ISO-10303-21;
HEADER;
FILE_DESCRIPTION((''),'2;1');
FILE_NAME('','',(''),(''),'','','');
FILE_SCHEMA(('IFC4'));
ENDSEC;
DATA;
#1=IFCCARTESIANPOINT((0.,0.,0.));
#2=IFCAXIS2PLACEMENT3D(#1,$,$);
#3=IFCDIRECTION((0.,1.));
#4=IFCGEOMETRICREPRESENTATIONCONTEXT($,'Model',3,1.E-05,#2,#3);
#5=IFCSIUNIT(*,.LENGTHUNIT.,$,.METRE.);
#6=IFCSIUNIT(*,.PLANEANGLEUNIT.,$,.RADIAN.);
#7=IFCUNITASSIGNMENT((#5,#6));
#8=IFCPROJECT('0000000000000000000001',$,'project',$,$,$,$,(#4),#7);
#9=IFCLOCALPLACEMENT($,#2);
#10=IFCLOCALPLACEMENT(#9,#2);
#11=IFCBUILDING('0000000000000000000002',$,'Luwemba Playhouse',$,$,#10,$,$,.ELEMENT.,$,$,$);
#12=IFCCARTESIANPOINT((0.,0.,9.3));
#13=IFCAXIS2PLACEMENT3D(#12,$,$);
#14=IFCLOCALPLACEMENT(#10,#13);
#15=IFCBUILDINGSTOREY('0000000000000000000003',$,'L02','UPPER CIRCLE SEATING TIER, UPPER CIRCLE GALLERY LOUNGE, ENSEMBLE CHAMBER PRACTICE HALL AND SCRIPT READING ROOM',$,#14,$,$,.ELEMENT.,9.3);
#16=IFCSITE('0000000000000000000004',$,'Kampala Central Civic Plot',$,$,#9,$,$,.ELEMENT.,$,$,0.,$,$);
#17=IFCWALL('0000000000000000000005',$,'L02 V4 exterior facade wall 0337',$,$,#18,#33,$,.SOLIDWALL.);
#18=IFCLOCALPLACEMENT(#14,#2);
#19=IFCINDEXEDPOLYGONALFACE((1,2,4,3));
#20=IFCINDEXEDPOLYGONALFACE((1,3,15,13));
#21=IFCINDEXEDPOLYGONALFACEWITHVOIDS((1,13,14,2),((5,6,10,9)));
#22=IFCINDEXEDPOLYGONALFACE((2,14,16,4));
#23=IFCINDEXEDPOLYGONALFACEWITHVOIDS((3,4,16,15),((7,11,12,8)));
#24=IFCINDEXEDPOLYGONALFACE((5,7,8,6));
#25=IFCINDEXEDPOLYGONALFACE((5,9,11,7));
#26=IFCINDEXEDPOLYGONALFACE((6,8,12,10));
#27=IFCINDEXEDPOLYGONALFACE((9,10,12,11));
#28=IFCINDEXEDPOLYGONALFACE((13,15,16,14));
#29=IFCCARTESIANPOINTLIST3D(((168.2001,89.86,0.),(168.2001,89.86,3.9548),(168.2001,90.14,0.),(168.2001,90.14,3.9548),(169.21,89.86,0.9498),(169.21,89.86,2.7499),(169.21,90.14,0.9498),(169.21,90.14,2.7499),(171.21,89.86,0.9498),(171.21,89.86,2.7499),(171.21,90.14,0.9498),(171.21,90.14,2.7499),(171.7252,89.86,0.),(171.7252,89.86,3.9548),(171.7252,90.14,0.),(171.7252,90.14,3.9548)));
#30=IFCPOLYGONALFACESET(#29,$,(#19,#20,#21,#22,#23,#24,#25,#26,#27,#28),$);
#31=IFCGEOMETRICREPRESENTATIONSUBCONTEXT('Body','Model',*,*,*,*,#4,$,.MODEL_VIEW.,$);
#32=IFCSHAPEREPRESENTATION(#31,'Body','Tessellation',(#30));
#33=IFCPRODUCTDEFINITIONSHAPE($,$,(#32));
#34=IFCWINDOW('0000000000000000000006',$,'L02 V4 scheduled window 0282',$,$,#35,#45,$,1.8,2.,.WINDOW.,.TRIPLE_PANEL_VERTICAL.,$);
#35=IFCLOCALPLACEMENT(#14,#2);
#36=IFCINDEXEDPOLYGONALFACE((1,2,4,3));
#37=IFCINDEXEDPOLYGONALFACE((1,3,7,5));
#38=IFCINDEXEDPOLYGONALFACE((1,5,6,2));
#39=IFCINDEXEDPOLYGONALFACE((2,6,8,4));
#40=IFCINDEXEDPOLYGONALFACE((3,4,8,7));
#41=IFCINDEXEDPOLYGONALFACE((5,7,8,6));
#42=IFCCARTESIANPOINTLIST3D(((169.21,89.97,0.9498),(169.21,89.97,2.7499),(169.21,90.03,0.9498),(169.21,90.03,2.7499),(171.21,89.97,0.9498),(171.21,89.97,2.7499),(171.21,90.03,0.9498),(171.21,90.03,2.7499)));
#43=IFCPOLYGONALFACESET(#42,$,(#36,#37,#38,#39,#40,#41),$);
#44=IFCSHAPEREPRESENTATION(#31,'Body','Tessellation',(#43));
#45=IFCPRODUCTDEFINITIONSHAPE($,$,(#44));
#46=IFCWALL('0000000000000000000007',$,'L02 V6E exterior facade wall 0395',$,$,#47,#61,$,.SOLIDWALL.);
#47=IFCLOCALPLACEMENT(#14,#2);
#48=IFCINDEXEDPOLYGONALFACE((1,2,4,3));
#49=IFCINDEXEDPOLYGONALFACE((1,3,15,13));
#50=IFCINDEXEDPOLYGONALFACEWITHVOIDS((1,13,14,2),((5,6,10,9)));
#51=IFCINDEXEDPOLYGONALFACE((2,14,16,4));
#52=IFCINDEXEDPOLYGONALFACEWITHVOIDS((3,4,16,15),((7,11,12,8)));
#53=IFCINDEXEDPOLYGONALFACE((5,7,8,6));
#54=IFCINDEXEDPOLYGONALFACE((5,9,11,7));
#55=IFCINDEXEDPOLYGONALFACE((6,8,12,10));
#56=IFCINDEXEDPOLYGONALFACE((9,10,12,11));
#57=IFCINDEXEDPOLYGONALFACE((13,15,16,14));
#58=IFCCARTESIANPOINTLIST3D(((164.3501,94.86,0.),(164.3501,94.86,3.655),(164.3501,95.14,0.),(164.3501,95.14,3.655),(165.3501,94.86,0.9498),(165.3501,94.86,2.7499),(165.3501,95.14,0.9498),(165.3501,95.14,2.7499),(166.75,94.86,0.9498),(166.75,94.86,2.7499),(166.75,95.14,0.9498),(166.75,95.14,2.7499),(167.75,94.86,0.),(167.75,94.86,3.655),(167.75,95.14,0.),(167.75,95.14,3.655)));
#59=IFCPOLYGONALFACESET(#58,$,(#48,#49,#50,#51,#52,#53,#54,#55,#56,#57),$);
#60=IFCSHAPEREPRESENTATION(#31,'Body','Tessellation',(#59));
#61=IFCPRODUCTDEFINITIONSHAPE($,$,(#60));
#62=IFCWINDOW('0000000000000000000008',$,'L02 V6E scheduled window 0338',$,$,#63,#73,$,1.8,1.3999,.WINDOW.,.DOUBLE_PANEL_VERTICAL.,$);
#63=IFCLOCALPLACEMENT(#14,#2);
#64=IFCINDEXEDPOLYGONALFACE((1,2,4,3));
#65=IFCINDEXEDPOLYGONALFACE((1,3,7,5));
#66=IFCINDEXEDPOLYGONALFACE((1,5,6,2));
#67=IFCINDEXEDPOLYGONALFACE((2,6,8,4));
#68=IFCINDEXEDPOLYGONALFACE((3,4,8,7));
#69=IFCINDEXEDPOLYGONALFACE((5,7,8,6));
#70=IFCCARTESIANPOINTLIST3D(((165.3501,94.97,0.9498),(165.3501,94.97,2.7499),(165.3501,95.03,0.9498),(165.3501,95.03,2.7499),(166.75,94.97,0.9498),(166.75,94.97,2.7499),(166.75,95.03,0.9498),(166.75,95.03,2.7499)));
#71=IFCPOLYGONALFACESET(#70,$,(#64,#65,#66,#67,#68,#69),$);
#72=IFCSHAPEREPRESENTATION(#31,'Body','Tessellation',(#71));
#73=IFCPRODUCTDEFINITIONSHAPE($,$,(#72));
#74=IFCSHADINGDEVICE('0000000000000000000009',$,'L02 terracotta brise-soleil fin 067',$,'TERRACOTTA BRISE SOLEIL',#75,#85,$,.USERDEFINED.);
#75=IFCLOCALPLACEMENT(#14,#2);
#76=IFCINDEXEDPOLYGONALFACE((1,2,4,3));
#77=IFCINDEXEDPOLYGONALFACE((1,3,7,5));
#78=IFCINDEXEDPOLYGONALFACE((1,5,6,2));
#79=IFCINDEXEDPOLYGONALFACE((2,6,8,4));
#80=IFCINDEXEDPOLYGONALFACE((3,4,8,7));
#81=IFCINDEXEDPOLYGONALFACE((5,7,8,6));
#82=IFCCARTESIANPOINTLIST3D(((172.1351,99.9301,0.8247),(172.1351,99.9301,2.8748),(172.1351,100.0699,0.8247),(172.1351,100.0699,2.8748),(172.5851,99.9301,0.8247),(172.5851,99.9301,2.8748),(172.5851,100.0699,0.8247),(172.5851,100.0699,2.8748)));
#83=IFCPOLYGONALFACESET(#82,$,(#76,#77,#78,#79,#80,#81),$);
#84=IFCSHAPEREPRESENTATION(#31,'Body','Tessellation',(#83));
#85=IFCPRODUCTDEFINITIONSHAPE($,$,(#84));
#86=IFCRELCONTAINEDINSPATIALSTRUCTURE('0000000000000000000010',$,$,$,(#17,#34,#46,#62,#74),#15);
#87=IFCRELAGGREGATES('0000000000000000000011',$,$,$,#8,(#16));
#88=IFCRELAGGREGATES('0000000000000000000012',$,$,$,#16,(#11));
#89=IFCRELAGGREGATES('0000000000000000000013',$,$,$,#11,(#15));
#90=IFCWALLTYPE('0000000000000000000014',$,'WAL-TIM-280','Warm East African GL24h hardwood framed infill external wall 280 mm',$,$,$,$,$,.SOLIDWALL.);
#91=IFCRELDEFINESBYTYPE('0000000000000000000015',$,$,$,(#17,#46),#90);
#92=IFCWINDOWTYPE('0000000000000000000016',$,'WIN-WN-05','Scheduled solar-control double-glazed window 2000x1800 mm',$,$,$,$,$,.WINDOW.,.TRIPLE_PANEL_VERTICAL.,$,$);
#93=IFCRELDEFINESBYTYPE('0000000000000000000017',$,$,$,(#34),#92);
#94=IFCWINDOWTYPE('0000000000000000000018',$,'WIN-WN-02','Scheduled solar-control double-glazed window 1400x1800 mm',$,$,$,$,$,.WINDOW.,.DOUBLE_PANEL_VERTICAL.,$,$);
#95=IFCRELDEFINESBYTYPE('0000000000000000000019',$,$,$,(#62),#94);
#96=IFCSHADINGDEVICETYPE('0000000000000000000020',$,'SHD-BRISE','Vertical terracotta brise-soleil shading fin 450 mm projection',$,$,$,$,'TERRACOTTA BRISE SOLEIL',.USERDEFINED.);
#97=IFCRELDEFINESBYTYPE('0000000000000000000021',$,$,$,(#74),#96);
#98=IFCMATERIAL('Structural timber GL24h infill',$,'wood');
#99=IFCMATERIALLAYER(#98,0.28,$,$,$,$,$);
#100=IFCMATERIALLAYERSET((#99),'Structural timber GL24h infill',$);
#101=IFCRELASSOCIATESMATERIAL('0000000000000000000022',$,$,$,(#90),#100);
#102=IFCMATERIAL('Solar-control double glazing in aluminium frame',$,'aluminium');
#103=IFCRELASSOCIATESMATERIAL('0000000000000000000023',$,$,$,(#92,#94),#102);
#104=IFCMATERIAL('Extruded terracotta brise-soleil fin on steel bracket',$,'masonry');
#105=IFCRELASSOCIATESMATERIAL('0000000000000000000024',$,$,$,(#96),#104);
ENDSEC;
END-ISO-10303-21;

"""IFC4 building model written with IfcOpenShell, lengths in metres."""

from ifc_helpers import new_model, si_unit, direction, frame, frame_2d, origin, origin_2d, place, context, subcontext, project, spatial, rectangle, extrude, material, layer, layer_set, type_object, element, fill, save


model = new_model("IFC4")

# Units and contexts
model_context = context("Model", 3, precision=1e-05, world=origin(), true_north=direction((0.0, 1.0)))
body_context = subcontext(model_context, "Body", "Model", "MODEL_VIEW")
ifc_project = project(units=[si_unit("LENGTHUNIT", "METRE"), si_unit("PLANEANGLEUNIT", "RADIAN")], contexts=[model_context])

# Site, building, storey
site_placement = place(None, origin())
site = spatial("IfcSite", under=ifc_project, at=site_placement, Name="Kampala Central Civic Plot", CompositionType="ELEMENT", RefElevation=0.0)
building_placement = place(site_placement, origin())
building = spatial("IfcBuilding", under=site, at=building_placement, Name="Luwemba Playhouse", CompositionType="ELEMENT")
storey_placement = place(building_placement, frame((0.0, 0.0, 9.3)))
storey = spatial("IfcBuildingStorey", under=building, at=storey_placement, Name="L02", Description="UPPER CIRCLE SEATING TIER, UPPER CIRCLE GALLERY LOUNGE, ENSEMBLE CHAMBER PRACTICE HALL AND SCRIPT READING ROOM", CompositionType="ELEMENT", Elevation=9.3)

# Shared definitions
ifc_material_1 = material(Name="Solar-control double glazing in aluminium frame", Category="aluminium")

# Walls, openings, windows
ifc_material_2 = material(Name="Structural timber GL24h infill", Category="wood")
ifc_layer_1 = layer(ifc_material_2, 0.28)
ifc_layer_set_1 = layer_set([ifc_layer_1], Name="Structural timber GL24h infill")
wall_type_1 = type_object("IfcWallType", Name="WAL-TIM-280", Description="Warm East African GL24h hardwood framed infill external wall 280 mm", PredefinedType="SOLIDWALL", material=ifc_layer_set_1)
wall_1_placement = place(storey_placement, frame((168.2, 90.0, 0.0), z_axis=(0.0, 0.0, 1.0), x_axis=(1.0, 0.0, 0.0)))
wall_1 = element("IfcWall", 1, at=wall_1_placement, inside=storey, type_object=wall_type_1, Name="L02 V4 exterior facade wall 0337", PredefinedType="SOLIDWALL", context=body_context, shape_type="SweptSolid", body=[
    extrude(rectangle(XDim=3.5251, YDim=0.28, at=frame_2d((1.7627, 0.0))), origin(), (0.0, 0.0, 1.0), 3.9548),
])
opening_1_placement = place(wall_1_placement, frame((1.01, 0.0, 0.95)))
opening_1 = element("IfcOpeningElement", 2, at=opening_1_placement, cuts=wall_1, PredefinedType="OPENING", context=body_context, shape_type="SweptSolid", body=[
    extrude(rectangle(XDim=2.0, YDim=1.8, at=frame_2d((1.0, 0.8999))), frame((0.0, 0.1499, 0.0), z_axis=(0.0, -1.0, 0.0), x_axis=(1.0, 0.0, 0.0)), (0.0, 0.0, 1.0), 0.3),
])
window_type_1 = type_object("IfcWindowType", Name="WIN-WN-05", Description="Scheduled solar-control double-glazed window 2000x1800 mm", PartitioningType="TRIPLE_PANEL_VERTICAL", PredefinedType="WINDOW", material=ifc_material_1)
window_1_placement = place(opening_1_placement, origin())
window_1 = element("IfcWindow", 3, at=window_1_placement, inside=storey, type_object=window_type_1, Name="L02 V4 scheduled window 0282", OverallHeight=1.8, OverallWidth=2.0, PartitioningType="TRIPLE_PANEL_VERTICAL", PredefinedType="WINDOW", context=body_context, shape_type="SweptSolid", body=[
    extrude(rectangle(XDim=2.0, YDim=1.8, at=frame_2d((1.0, 0.8999))), frame((0.0, 0.03, 0.0), z_axis=(0.0, -1.0, 0.0), x_axis=(1.0, 0.0, 0.0)), (0.0, 0.0, 1.0), 0.0601),
])
fill(opening_1, window_1)
wall_2_placement = place(storey_placement, frame((167.75, 95.0, 0.0), z_axis=(0.0, 0.0, 1.0), x_axis=(-1.0, 0.0, 0.0)))
wall_2 = element("IfcWall", 4, at=wall_2_placement, inside=storey, type_object=wall_type_1, Name="L02 V6E exterior facade wall 0395", PredefinedType="SOLIDWALL", context=body_context, shape_type="SweptSolid", body=[
    extrude(rectangle(XDim=3.3999, YDim=0.28, at=frame_2d((1.7, 0.0))), origin(), (0.0, 0.0, 1.0), 3.655),
])
opening_2_placement = place(wall_2_placement, frame((1.0, 0.0, 0.95)))
opening_2 = element("IfcOpeningElement", 5, at=opening_2_placement, cuts=wall_2, PredefinedType="OPENING", context=body_context, shape_type="SweptSolid", body=[
    extrude(rectangle(XDim=1.3999, YDim=1.8, at=frame_2d((0.7, 0.8999))), frame((0.0, 0.1499, 0.0), z_axis=(0.0, -1.0, 0.0), x_axis=(1.0, 0.0, 0.0)), (0.0, 0.0, 1.0), 0.3),
])
window_type_2 = type_object("IfcWindowType", Name="WIN-WN-02", Description="Scheduled solar-control double-glazed window 1400x1800 mm", PartitioningType="DOUBLE_PANEL_VERTICAL", PredefinedType="WINDOW", material=ifc_material_1)
window_2_placement = place(opening_2_placement, origin())
window_2 = element("IfcWindow", 6, at=window_2_placement, inside=storey, type_object=window_type_2, Name="L02 V6E scheduled window 0338", OverallHeight=1.8, OverallWidth=1.3999, PartitioningType="DOUBLE_PANEL_VERTICAL", PredefinedType="WINDOW", context=body_context, shape_type="SweptSolid", body=[
    extrude(rectangle(XDim=1.3999, YDim=1.8, at=frame_2d((0.7, 0.8999))), frame((0.0, 0.03, 0.0), z_axis=(0.0, -1.0, 0.0), x_axis=(1.0, 0.0, 0.0)), (0.0, 0.0, 1.0), 0.0601),
])
fill(opening_2, window_2)

# Shading device
ifc_material_3 = material(Name="Extruded terracotta brise-soleil fin on steel bracket", Category="masonry")
shading_device_type = type_object("IfcShadingDeviceType", Name="SHD-BRISE", Description="Vertical terracotta brise-soleil shading fin 450 mm projection", ElementType="TERRACOTTA BRISE SOLEIL", PredefinedType="USERDEFINED", material=ifc_material_3)
shading_device_placement = place(storey_placement, frame((172.3601, 100.0, 0.8247), z_axis=(0.0, 0.0, 1.0), x_axis=(0.0, -1.0, 0.0)))
element("IfcShadingDevice", 7, at=shading_device_placement, inside=storey, type_object=shading_device_type, Name="L02 terracotta brise-soleil fin 067", ObjectType="TERRACOTTA BRISE SOLEIL", PredefinedType="USERDEFINED", context=body_context, shape_type="SweptSolid", body=[
    extrude(rectangle(XDim=0.1399, YDim=0.45, at=origin_2d()), origin(), (0.0, 0.0, 1.0), 2.05),
])

save(model, "model.ifc")
